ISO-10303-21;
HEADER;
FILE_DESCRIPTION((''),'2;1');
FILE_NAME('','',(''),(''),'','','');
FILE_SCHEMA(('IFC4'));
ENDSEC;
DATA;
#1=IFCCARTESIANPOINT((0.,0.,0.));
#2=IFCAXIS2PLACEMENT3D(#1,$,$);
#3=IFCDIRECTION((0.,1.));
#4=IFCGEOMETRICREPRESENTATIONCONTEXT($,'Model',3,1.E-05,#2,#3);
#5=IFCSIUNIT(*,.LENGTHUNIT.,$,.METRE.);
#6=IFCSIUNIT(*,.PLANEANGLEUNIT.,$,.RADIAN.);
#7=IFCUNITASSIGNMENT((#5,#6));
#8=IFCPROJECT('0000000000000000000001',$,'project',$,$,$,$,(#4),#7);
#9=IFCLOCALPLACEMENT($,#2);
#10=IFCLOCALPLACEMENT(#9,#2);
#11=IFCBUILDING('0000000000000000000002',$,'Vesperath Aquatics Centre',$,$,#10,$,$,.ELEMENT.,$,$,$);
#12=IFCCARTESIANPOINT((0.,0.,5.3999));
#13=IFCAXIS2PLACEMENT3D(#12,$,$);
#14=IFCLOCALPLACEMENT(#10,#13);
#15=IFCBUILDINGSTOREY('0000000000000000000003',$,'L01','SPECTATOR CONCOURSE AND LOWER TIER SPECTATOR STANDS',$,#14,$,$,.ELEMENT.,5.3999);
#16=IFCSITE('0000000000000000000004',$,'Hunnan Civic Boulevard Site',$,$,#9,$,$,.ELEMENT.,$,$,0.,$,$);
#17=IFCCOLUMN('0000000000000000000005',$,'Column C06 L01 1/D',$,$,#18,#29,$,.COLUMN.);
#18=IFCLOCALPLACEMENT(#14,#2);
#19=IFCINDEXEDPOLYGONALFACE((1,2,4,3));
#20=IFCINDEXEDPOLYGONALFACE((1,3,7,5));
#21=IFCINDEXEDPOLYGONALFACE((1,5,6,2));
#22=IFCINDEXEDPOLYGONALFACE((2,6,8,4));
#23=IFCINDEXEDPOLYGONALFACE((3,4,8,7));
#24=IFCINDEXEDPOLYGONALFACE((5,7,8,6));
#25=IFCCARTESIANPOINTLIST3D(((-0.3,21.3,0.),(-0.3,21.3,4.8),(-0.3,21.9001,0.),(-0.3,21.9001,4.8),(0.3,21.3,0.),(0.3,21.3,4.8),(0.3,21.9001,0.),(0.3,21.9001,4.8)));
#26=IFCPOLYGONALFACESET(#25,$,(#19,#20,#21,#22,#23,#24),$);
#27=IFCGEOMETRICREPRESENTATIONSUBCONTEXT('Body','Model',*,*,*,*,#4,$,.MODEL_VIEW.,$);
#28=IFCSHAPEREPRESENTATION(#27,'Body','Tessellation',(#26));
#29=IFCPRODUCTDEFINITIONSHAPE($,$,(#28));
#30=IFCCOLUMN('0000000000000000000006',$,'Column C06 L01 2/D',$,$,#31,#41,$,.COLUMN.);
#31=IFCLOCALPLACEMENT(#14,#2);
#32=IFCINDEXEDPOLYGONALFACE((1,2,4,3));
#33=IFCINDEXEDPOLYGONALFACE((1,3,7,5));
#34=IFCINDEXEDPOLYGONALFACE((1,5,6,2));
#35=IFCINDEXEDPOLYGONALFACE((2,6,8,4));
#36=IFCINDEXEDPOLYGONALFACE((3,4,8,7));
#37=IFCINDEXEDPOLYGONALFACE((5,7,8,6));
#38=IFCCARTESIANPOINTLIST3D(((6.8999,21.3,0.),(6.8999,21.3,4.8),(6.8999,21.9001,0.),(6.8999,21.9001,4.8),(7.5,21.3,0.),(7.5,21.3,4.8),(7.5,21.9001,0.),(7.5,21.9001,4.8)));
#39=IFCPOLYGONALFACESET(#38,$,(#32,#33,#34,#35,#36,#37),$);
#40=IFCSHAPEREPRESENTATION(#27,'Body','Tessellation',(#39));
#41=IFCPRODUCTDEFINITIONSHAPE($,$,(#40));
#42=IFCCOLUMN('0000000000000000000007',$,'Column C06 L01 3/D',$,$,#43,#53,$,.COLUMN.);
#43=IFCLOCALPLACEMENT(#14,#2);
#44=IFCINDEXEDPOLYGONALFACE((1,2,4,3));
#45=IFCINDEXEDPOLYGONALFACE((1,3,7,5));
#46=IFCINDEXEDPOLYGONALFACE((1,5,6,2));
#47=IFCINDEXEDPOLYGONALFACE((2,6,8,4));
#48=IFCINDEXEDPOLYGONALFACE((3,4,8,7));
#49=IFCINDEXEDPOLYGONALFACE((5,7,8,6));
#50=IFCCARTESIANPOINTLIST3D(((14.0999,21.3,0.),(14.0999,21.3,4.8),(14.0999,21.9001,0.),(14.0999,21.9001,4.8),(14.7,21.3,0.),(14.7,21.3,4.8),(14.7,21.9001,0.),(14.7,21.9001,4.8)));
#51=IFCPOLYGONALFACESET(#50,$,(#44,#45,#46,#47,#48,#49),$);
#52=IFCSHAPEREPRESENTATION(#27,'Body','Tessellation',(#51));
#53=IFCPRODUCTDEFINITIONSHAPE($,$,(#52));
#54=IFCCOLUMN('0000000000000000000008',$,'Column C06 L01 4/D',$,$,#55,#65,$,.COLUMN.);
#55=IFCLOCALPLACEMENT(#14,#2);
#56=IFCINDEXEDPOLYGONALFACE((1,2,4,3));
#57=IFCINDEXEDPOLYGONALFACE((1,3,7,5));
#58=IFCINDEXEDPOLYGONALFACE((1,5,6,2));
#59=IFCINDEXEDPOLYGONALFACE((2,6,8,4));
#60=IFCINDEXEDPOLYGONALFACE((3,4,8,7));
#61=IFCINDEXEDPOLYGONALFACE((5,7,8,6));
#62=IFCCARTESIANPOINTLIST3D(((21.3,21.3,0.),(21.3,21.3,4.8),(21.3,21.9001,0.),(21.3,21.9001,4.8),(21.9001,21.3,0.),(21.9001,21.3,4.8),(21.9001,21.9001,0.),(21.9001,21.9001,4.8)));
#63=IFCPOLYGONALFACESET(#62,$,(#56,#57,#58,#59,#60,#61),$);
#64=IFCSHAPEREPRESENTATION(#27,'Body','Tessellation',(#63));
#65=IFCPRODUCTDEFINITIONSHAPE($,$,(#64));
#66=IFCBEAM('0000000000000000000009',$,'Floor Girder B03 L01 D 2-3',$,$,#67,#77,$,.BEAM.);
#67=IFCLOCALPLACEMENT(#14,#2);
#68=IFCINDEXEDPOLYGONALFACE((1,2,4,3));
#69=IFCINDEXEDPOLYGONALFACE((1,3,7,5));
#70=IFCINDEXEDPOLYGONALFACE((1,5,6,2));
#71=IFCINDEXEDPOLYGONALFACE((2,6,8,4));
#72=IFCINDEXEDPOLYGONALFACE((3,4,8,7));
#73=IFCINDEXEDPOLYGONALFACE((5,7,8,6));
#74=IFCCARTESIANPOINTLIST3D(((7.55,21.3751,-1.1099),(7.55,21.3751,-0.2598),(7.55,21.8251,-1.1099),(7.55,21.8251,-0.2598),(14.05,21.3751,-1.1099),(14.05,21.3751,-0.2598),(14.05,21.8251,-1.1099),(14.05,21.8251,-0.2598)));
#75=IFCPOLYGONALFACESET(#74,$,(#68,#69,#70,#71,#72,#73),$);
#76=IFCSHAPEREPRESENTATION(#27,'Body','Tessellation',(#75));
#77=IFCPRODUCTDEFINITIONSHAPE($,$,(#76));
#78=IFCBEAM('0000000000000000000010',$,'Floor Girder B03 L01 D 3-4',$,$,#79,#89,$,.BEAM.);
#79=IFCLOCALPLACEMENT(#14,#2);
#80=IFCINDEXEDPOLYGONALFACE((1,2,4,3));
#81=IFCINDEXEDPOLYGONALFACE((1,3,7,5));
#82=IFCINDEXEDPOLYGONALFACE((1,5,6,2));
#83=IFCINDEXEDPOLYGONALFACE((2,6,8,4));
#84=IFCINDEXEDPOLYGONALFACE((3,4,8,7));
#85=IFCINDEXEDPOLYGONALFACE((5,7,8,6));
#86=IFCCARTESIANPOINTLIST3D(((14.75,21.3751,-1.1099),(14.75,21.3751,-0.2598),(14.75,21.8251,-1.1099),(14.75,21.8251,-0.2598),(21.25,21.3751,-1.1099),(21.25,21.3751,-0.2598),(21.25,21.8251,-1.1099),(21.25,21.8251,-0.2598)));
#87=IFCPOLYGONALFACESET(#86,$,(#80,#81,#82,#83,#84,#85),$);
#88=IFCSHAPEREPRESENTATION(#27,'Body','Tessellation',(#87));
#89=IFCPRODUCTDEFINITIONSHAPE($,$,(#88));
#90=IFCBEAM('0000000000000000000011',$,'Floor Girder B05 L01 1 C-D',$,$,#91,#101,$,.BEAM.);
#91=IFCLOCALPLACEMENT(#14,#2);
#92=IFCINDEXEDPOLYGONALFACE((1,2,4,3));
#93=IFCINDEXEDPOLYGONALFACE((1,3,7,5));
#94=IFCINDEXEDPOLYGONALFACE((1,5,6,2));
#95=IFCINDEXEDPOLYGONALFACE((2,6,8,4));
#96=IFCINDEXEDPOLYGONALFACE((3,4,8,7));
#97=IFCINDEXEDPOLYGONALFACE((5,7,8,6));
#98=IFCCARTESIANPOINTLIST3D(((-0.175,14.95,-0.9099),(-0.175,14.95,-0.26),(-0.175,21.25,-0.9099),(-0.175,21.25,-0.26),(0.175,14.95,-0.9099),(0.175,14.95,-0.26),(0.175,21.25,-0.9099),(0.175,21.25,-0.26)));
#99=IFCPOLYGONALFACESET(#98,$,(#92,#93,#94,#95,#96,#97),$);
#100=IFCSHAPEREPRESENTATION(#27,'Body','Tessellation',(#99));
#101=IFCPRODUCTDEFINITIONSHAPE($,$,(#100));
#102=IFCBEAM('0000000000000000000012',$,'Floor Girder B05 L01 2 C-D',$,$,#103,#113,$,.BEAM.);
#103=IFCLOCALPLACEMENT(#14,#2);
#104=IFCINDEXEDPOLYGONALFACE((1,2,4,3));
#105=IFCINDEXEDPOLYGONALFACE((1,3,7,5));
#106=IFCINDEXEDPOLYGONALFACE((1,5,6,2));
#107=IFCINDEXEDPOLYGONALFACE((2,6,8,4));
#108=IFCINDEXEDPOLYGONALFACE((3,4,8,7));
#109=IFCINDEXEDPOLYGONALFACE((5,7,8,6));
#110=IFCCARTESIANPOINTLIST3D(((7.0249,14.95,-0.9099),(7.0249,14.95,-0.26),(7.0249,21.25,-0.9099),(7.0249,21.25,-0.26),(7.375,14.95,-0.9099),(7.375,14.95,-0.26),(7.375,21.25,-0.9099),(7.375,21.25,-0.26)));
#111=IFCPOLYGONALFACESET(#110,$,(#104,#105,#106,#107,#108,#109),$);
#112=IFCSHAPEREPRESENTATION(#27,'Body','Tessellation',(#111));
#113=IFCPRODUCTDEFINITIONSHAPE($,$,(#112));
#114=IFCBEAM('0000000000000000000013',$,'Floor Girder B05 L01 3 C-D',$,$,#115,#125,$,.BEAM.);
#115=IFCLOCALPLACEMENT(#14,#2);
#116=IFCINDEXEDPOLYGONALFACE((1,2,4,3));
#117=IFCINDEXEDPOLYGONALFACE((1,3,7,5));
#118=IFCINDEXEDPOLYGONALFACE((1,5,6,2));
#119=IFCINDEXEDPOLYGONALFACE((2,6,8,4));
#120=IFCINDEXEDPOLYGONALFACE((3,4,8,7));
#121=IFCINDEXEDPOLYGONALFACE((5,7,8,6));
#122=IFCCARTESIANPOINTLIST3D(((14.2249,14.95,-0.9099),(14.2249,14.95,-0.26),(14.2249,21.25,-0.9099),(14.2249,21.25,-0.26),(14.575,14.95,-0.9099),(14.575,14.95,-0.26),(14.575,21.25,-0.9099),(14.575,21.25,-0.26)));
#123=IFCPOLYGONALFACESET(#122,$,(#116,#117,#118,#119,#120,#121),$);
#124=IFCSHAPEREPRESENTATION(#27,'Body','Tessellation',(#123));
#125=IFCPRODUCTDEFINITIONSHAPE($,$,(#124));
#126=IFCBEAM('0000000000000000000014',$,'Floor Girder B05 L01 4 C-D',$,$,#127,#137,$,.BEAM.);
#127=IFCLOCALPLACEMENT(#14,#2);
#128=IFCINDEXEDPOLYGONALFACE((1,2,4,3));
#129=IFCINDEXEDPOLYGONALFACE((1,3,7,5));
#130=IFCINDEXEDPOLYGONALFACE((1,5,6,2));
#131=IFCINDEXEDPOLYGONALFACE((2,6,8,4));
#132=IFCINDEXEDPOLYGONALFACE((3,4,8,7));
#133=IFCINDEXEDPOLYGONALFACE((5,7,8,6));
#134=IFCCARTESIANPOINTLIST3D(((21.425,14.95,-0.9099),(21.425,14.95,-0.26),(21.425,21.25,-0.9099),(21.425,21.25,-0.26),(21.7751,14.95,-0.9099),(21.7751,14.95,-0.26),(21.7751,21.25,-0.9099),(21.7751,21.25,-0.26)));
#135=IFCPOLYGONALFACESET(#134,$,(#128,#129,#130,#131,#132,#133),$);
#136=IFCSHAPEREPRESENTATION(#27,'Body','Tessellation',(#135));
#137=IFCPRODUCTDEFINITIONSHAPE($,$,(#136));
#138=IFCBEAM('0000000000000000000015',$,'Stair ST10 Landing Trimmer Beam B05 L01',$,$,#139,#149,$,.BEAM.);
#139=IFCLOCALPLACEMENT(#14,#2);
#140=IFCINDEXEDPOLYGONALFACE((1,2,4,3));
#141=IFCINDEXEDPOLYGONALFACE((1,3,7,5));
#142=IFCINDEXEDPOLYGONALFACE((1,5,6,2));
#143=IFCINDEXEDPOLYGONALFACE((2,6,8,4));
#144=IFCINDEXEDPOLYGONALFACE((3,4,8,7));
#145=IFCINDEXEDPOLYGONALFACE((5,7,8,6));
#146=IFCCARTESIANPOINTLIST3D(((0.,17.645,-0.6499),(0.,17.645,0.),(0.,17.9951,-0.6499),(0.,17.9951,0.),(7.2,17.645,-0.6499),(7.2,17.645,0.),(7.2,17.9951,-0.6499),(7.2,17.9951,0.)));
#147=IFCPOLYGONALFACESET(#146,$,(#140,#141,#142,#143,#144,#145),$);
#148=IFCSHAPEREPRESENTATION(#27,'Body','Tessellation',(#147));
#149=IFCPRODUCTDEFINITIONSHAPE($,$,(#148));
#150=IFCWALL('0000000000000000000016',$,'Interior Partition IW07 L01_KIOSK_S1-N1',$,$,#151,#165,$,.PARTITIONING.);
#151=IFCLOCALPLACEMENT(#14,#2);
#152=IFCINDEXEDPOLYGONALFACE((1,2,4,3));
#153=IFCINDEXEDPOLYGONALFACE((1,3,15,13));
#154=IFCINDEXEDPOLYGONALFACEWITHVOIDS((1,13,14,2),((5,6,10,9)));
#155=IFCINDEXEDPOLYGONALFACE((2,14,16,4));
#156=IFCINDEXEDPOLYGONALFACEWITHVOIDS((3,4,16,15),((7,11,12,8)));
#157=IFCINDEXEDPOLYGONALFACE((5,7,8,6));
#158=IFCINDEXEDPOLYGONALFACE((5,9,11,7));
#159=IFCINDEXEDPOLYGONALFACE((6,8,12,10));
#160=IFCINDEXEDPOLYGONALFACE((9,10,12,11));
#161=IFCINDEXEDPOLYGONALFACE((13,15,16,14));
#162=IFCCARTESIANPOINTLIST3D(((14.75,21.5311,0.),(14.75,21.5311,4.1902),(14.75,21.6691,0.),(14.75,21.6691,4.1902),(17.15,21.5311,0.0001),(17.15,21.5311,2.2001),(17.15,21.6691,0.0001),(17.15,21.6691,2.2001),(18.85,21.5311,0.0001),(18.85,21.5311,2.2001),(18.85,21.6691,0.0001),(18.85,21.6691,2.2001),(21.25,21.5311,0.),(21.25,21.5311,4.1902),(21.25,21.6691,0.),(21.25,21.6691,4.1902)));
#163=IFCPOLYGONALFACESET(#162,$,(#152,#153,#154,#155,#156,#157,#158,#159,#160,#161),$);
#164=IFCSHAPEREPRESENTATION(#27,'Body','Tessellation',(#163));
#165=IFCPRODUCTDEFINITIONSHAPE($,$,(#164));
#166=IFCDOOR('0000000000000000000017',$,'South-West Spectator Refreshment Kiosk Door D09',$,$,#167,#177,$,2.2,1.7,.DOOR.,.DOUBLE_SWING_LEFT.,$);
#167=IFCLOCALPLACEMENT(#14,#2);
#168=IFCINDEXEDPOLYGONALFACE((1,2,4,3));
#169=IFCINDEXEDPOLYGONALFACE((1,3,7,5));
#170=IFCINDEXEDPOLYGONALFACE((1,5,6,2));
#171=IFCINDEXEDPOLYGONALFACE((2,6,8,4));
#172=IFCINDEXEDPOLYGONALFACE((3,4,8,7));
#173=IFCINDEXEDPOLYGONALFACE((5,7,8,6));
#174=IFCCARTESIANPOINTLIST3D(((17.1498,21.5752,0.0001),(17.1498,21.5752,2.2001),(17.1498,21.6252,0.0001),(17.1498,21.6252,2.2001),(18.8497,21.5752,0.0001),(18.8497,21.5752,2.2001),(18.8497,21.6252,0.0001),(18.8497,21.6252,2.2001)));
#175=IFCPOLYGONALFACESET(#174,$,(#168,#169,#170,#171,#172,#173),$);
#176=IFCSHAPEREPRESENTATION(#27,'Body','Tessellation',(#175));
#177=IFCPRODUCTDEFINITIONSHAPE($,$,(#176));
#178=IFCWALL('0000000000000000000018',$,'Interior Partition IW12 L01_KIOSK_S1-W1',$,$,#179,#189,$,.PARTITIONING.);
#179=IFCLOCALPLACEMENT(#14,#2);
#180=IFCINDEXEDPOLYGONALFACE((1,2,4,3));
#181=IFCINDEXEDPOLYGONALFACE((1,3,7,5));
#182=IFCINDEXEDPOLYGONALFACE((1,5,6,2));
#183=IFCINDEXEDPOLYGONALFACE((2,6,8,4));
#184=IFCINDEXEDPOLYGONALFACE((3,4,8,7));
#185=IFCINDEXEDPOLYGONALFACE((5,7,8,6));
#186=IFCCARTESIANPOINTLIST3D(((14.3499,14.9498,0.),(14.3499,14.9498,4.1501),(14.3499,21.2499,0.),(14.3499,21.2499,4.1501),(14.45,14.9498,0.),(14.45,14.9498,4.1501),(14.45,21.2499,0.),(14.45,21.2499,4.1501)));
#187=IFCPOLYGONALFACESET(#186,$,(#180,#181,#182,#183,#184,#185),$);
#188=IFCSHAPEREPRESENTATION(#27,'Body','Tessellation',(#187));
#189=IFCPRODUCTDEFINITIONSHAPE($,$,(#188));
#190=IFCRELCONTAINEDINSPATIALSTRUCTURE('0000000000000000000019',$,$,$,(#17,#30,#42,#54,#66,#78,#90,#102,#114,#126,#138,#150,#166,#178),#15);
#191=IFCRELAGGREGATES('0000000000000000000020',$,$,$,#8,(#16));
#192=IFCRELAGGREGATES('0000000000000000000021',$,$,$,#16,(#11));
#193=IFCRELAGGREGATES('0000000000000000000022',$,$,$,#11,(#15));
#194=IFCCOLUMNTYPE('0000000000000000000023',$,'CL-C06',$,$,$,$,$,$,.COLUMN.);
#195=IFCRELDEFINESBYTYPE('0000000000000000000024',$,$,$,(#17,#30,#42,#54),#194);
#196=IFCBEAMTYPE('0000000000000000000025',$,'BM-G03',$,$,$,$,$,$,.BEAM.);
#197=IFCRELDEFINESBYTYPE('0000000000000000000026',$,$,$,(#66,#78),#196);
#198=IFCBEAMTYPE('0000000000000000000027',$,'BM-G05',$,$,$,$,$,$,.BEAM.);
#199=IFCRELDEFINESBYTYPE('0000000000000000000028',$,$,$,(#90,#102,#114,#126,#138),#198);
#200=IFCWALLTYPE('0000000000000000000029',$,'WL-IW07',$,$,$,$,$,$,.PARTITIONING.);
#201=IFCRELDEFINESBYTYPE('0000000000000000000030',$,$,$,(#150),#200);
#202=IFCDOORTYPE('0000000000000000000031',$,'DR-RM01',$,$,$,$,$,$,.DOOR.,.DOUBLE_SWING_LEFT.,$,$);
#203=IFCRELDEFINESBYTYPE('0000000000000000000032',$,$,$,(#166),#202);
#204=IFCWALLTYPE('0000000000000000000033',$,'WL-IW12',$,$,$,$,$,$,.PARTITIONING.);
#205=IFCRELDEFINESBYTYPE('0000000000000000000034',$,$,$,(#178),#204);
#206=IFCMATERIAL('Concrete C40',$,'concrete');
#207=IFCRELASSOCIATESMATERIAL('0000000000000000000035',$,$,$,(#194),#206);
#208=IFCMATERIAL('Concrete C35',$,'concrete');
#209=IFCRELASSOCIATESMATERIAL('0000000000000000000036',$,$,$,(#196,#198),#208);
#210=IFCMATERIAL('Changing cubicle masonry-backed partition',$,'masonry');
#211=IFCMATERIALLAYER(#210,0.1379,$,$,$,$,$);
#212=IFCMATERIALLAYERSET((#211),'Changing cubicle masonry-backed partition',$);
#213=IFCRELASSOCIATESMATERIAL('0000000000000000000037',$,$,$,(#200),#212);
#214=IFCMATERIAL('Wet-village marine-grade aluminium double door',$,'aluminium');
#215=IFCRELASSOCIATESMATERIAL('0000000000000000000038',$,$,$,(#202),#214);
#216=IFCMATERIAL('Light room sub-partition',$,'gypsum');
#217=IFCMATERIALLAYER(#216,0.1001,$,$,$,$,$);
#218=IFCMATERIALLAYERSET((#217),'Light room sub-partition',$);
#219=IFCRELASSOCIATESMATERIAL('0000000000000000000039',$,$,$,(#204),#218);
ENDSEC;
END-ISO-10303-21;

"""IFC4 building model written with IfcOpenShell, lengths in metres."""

from ifc_helpers import new_model, si_unit, direction, frame, frame_2d, origin, origin_2d, place, context, subcontext, project, spatial, rectangle, extrude, material, layer, layer_set, material_profile, profile_set, type_object, element, fill, save


model = new_model("IFC4")

# Units and contexts
model_context = context("Model", 3, precision=1e-05, world=origin(), true_north=direction((0.0, 1.0)))
body_context = subcontext(model_context, "Body", "Model", "MODEL_VIEW")
ifc_project = project(units=[si_unit("LENGTHUNIT", "METRE"), si_unit("PLANEANGLEUNIT", "RADIAN")], contexts=[model_context])

# Site, building, storey
site_placement = place(None, origin())
site = spatial("IfcSite", under=ifc_project, at=site_placement, Name="Hunnan Civic Boulevard Site", CompositionType="ELEMENT", RefElevation=0.0)
building_placement = place(site_placement, origin())
building = spatial("IfcBuilding", under=site, at=building_placement, Name="Vesperath Aquatics Centre", CompositionType="ELEMENT")
storey_placement = place(building_placement, frame((0.0, 0.0, 5.3999)))
storey = spatial("IfcBuildingStorey", under=building, at=storey_placement, Name="L01", Description="SPECTATOR CONCOURSE AND LOWER TIER SPECTATOR STANDS", CompositionType="ELEMENT", Elevation=5.3999)

# Columns
ifc_material_1 = material(Name="Concrete C40", Category="concrete")
ifc_material_profile_1 = material_profile(ifc_material_1, rectangle(XDim=0.6001, YDim=0.6001, at=origin_2d()), Name="RC 600x600")
ifc_profile_set_1 = profile_set([ifc_material_profile_1], Name="Concrete C40")
column_type = type_object("IfcColumnType", Name="CL-C06", PredefinedType="COLUMN", material=ifc_profile_set_1)
for number, where, z_axis, x_axis, name in (
    (1, (0.0, 21.6001, 0.0), (0.0, 0.0, 1.0), (1.0, 0.0, 0.0), "Column C06 L01 1/D"),
    (2, (7.2, 21.6001, 0.0), (0.0, 0.0, 1.0), (1.0, 0.0, 0.0), "Column C06 L01 2/D"),
    (3, (14.3999, 21.6001, 0.0), (0.0, 0.0, 1.0), (1.0, 0.0, 0.0), "Column C06 L01 3/D"),
    (4, (21.6001, 21.6001, 0.0), (0.0, 0.0, 1.0), (1.0, 0.0, 0.0), "Column C06 L01 4/D"),
):
    element("IfcColumn", number, at=place(storey_placement, frame(where, z_axis=z_axis, x_axis=x_axis)), inside=storey, type_object=column_type, Name=name, PredefinedType="COLUMN", context=body_context, shape_type="SweptSolid", body=[
        extrude(rectangle(XDim=0.6001, YDim=0.6001, at=origin_2d()), origin(), (0.0, 0.0, 1.0), 4.8),
    ])

# Beams
ifc_material_2 = material(Name="Concrete C35", Category="concrete")
ifc_material_profile_2 = material_profile(ifc_material_2, rectangle(XDim=0.45, YDim=0.8501, at=origin_2d()), Name="RC 450x850")
ifc_profile_set_2 = profile_set([ifc_material_profile_2], Name="Concrete C35")
beam_type_1 = type_object("IfcBeamType", Name="BM-G03", PredefinedType="BEAM", material=ifc_profile_set_2)
for number, where, z_axis, x_axis, name in (
    (5, (7.55, 21.6001, -0.6848), (1.0, 0.0, 0.0), (0.0, 1.0, 0.0), "Floor Girder B03 L01 D 2-3"),
    (6, (14.75, 21.6001, -0.6848), (1.0, 0.0, 0.0), (0.0, 1.0, 0.0), "Floor Girder B03 L01 D 3-4"),
):
    element("IfcBeam", number, at=place(storey_placement, frame(where, z_axis=z_axis, x_axis=x_axis)), inside=storey, type_object=beam_type_1, Name=name, PredefinedType="BEAM", context=body_context, shape_type="SweptSolid", body=[
        extrude(rectangle(XDim=0.45, YDim=0.8501, at=origin_2d()), origin(), (0.0, 0.0, 1.0), 6.5),
    ])
ifc_material_profile_3 = material_profile(ifc_material_2, rectangle(XDim=0.3501, YDim=0.6499, at=origin_2d()), Name="RC 350x650")
ifc_profile_set_3 = profile_set([ifc_material_profile_3], Name="Concrete C35")
beam_type_2 = type_object("IfcBeamType", Name="BM-G05", PredefinedType="BEAM", material=ifc_profile_set_3)
for number, where, z_axis, x_axis, name in (
    (7, (0.0, 14.95, -0.585), (0.0, 1.0, 0.0), (-1.0, 0.0, 0.0), "Floor Girder B05 L01 1 C-D"),
    (8, (7.2, 14.95, -0.585), (0.0, 1.0, 0.0), (-1.0, 0.0, 0.0), "Floor Girder B05 L01 2 C-D"),
    (9, (14.3999, 14.95, -0.585), (0.0, 1.0, 0.0), (-1.0, 0.0, 0.0), "Floor Girder B05 L01 3 C-D"),
    (10, (21.6001, 14.95, -0.585), (0.0, 1.0, 0.0), (-1.0, 0.0, 0.0), "Floor Girder B05 L01 4 C-D"),
):
    element("IfcBeam", number, at=place(storey_placement, frame(where, z_axis=z_axis, x_axis=x_axis)), inside=storey, type_object=beam_type_2, Name=name, PredefinedType="BEAM", context=body_context, shape_type="SweptSolid", body=[
        extrude(rectangle(XDim=0.3501, YDim=0.6499, at=origin_2d()), origin(), (0.0, 0.0, 1.0), 6.3),
    ])
beam_placement = place(storey_placement, frame((0.0, 17.8201, -0.325), z_axis=(1.0, 0.0, 0.0), x_axis=(0.0, 1.0, 0.0)))
element("IfcBeam", 11, at=beam_placement, inside=storey, type_object=beam_type_2, Name="Stair ST10 Landing Trimmer Beam B05 L01", PredefinedType="BEAM", context=body_context, shape_type="SweptSolid", body=[
    extrude(rectangle(XDim=0.3501, YDim=0.6499, at=origin_2d()), origin(), (0.0, 0.0, 1.0), 7.2),
])

# Wall, opening, door
ifc_material_3 = material(Name="Changing cubicle masonry-backed partition", Category="masonry")
ifc_layer_1 = layer(ifc_material_3, 0.1379)
ifc_layer_set_1 = layer_set([ifc_layer_1], Name="Changing cubicle masonry-backed partition")
wall_type_1 = type_object("IfcWallType", Name="WL-IW07", PredefinedType="PARTITIONING", material=ifc_layer_set_1)
wall_1_placement = place(storey_placement, frame((14.75, 21.6001, 0.0), z_axis=(0.0, 0.0, 1.0), x_axis=(1.0, 0.0, 0.0)))
wall_1 = element("IfcWall", 12, at=wall_1_placement, inside=storey, type_object=wall_type_1, Name="Interior Partition IW07 L01_KIOSK_S1-N1", PredefinedType="PARTITIONING", context=body_context, shape_type="SweptSolid", body=[
    extrude(rectangle(XDim=6.5, YDim=0.1379, at=frame_2d((3.25, 0.0))), origin(), (0.0, 0.0, 1.0), 4.1902),
])
opening_1_placement = place(wall_1_placement, frame((2.3999, 0.0, 0.0)))
opening_1 = element("IfcOpeningElement", 13, at=opening_1_placement, cuts=wall_1, PredefinedType="OPENING", context=body_context, shape_type="SweptSolid", body=[
    extrude(rectangle(XDim=1.7, YDim=2.2, at=frame_2d((0.8501, 1.1001))), frame((0.0, 0.084, 0.0), z_axis=(0.0, -1.0, 0.0), x_axis=(1.0, 0.0, 0.0)), (0.0, 0.0, 1.0), 0.1677),
])
ifc_material_4 = material(Name="Wet-village marine-grade aluminium double door", Category="aluminium")
door_type_1 = type_object("IfcDoorType", Name="DR-RM01", OperationType="DOUBLE_SWING_LEFT", PredefinedType="DOOR", material=ifc_material_4)
door_1_placement = place(opening_1_placement, frame((1.7, 0.0, 0.0), z_axis=(0.0, 0.0, 1.0), x_axis=(-1.0, 0.0, 0.0)))
door_1 = element("IfcDoor", 14, at=door_1_placement, inside=storey, type_object=door_type_1, Name="South-West Spectator Refreshment Kiosk Door D09", OperationType="DOUBLE_SWING_LEFT", OverallHeight=2.2, OverallWidth=1.7, PredefinedType="DOOR", context=body_context, shape_type="SweptSolid", body=[
    extrude(rectangle(XDim=1.7, YDim=2.2, at=frame_2d((0.8501, 1.1001))), frame((0.0, 0.0249, 0.0), z_axis=(0.0, -1.0, 0.0), x_axis=(1.0, 0.0, 0.0)), (0.0, 0.0, 1.0), 0.05),
])
fill(opening_1, door_1)

# Wall
ifc_material_5 = material(Name="Light room sub-partition", Category="gypsum")
ifc_layer_2 = layer(ifc_material_5, 0.1001)
ifc_layer_set_2 = layer_set([ifc_layer_2], Name="Light room sub-partition")
wall_type_2 = type_object("IfcWallType", Name="WL-IW12", PredefinedType="PARTITIONING", material=ifc_layer_set_2)
wall_2_placement = place(storey_placement, frame((14.3999, 14.95, 0.0), z_axis=(0.0, 0.0, 1.0), x_axis=(0.0, 1.0, 0.0)))
element("IfcWall", 15, at=wall_2_placement, inside=storey, type_object=wall_type_2, Name="Interior Partition IW12 L01_KIOSK_S1-W1", PredefinedType="PARTITIONING", context=body_context, shape_type="SweptSolid", body=[
    extrude(rectangle(XDim=6.3, YDim=0.1001, at=frame_2d((3.1499, 0.0))), origin(), (0.0, 0.0, 1.0), 4.1501),
])

save(model, "model.ifc")
